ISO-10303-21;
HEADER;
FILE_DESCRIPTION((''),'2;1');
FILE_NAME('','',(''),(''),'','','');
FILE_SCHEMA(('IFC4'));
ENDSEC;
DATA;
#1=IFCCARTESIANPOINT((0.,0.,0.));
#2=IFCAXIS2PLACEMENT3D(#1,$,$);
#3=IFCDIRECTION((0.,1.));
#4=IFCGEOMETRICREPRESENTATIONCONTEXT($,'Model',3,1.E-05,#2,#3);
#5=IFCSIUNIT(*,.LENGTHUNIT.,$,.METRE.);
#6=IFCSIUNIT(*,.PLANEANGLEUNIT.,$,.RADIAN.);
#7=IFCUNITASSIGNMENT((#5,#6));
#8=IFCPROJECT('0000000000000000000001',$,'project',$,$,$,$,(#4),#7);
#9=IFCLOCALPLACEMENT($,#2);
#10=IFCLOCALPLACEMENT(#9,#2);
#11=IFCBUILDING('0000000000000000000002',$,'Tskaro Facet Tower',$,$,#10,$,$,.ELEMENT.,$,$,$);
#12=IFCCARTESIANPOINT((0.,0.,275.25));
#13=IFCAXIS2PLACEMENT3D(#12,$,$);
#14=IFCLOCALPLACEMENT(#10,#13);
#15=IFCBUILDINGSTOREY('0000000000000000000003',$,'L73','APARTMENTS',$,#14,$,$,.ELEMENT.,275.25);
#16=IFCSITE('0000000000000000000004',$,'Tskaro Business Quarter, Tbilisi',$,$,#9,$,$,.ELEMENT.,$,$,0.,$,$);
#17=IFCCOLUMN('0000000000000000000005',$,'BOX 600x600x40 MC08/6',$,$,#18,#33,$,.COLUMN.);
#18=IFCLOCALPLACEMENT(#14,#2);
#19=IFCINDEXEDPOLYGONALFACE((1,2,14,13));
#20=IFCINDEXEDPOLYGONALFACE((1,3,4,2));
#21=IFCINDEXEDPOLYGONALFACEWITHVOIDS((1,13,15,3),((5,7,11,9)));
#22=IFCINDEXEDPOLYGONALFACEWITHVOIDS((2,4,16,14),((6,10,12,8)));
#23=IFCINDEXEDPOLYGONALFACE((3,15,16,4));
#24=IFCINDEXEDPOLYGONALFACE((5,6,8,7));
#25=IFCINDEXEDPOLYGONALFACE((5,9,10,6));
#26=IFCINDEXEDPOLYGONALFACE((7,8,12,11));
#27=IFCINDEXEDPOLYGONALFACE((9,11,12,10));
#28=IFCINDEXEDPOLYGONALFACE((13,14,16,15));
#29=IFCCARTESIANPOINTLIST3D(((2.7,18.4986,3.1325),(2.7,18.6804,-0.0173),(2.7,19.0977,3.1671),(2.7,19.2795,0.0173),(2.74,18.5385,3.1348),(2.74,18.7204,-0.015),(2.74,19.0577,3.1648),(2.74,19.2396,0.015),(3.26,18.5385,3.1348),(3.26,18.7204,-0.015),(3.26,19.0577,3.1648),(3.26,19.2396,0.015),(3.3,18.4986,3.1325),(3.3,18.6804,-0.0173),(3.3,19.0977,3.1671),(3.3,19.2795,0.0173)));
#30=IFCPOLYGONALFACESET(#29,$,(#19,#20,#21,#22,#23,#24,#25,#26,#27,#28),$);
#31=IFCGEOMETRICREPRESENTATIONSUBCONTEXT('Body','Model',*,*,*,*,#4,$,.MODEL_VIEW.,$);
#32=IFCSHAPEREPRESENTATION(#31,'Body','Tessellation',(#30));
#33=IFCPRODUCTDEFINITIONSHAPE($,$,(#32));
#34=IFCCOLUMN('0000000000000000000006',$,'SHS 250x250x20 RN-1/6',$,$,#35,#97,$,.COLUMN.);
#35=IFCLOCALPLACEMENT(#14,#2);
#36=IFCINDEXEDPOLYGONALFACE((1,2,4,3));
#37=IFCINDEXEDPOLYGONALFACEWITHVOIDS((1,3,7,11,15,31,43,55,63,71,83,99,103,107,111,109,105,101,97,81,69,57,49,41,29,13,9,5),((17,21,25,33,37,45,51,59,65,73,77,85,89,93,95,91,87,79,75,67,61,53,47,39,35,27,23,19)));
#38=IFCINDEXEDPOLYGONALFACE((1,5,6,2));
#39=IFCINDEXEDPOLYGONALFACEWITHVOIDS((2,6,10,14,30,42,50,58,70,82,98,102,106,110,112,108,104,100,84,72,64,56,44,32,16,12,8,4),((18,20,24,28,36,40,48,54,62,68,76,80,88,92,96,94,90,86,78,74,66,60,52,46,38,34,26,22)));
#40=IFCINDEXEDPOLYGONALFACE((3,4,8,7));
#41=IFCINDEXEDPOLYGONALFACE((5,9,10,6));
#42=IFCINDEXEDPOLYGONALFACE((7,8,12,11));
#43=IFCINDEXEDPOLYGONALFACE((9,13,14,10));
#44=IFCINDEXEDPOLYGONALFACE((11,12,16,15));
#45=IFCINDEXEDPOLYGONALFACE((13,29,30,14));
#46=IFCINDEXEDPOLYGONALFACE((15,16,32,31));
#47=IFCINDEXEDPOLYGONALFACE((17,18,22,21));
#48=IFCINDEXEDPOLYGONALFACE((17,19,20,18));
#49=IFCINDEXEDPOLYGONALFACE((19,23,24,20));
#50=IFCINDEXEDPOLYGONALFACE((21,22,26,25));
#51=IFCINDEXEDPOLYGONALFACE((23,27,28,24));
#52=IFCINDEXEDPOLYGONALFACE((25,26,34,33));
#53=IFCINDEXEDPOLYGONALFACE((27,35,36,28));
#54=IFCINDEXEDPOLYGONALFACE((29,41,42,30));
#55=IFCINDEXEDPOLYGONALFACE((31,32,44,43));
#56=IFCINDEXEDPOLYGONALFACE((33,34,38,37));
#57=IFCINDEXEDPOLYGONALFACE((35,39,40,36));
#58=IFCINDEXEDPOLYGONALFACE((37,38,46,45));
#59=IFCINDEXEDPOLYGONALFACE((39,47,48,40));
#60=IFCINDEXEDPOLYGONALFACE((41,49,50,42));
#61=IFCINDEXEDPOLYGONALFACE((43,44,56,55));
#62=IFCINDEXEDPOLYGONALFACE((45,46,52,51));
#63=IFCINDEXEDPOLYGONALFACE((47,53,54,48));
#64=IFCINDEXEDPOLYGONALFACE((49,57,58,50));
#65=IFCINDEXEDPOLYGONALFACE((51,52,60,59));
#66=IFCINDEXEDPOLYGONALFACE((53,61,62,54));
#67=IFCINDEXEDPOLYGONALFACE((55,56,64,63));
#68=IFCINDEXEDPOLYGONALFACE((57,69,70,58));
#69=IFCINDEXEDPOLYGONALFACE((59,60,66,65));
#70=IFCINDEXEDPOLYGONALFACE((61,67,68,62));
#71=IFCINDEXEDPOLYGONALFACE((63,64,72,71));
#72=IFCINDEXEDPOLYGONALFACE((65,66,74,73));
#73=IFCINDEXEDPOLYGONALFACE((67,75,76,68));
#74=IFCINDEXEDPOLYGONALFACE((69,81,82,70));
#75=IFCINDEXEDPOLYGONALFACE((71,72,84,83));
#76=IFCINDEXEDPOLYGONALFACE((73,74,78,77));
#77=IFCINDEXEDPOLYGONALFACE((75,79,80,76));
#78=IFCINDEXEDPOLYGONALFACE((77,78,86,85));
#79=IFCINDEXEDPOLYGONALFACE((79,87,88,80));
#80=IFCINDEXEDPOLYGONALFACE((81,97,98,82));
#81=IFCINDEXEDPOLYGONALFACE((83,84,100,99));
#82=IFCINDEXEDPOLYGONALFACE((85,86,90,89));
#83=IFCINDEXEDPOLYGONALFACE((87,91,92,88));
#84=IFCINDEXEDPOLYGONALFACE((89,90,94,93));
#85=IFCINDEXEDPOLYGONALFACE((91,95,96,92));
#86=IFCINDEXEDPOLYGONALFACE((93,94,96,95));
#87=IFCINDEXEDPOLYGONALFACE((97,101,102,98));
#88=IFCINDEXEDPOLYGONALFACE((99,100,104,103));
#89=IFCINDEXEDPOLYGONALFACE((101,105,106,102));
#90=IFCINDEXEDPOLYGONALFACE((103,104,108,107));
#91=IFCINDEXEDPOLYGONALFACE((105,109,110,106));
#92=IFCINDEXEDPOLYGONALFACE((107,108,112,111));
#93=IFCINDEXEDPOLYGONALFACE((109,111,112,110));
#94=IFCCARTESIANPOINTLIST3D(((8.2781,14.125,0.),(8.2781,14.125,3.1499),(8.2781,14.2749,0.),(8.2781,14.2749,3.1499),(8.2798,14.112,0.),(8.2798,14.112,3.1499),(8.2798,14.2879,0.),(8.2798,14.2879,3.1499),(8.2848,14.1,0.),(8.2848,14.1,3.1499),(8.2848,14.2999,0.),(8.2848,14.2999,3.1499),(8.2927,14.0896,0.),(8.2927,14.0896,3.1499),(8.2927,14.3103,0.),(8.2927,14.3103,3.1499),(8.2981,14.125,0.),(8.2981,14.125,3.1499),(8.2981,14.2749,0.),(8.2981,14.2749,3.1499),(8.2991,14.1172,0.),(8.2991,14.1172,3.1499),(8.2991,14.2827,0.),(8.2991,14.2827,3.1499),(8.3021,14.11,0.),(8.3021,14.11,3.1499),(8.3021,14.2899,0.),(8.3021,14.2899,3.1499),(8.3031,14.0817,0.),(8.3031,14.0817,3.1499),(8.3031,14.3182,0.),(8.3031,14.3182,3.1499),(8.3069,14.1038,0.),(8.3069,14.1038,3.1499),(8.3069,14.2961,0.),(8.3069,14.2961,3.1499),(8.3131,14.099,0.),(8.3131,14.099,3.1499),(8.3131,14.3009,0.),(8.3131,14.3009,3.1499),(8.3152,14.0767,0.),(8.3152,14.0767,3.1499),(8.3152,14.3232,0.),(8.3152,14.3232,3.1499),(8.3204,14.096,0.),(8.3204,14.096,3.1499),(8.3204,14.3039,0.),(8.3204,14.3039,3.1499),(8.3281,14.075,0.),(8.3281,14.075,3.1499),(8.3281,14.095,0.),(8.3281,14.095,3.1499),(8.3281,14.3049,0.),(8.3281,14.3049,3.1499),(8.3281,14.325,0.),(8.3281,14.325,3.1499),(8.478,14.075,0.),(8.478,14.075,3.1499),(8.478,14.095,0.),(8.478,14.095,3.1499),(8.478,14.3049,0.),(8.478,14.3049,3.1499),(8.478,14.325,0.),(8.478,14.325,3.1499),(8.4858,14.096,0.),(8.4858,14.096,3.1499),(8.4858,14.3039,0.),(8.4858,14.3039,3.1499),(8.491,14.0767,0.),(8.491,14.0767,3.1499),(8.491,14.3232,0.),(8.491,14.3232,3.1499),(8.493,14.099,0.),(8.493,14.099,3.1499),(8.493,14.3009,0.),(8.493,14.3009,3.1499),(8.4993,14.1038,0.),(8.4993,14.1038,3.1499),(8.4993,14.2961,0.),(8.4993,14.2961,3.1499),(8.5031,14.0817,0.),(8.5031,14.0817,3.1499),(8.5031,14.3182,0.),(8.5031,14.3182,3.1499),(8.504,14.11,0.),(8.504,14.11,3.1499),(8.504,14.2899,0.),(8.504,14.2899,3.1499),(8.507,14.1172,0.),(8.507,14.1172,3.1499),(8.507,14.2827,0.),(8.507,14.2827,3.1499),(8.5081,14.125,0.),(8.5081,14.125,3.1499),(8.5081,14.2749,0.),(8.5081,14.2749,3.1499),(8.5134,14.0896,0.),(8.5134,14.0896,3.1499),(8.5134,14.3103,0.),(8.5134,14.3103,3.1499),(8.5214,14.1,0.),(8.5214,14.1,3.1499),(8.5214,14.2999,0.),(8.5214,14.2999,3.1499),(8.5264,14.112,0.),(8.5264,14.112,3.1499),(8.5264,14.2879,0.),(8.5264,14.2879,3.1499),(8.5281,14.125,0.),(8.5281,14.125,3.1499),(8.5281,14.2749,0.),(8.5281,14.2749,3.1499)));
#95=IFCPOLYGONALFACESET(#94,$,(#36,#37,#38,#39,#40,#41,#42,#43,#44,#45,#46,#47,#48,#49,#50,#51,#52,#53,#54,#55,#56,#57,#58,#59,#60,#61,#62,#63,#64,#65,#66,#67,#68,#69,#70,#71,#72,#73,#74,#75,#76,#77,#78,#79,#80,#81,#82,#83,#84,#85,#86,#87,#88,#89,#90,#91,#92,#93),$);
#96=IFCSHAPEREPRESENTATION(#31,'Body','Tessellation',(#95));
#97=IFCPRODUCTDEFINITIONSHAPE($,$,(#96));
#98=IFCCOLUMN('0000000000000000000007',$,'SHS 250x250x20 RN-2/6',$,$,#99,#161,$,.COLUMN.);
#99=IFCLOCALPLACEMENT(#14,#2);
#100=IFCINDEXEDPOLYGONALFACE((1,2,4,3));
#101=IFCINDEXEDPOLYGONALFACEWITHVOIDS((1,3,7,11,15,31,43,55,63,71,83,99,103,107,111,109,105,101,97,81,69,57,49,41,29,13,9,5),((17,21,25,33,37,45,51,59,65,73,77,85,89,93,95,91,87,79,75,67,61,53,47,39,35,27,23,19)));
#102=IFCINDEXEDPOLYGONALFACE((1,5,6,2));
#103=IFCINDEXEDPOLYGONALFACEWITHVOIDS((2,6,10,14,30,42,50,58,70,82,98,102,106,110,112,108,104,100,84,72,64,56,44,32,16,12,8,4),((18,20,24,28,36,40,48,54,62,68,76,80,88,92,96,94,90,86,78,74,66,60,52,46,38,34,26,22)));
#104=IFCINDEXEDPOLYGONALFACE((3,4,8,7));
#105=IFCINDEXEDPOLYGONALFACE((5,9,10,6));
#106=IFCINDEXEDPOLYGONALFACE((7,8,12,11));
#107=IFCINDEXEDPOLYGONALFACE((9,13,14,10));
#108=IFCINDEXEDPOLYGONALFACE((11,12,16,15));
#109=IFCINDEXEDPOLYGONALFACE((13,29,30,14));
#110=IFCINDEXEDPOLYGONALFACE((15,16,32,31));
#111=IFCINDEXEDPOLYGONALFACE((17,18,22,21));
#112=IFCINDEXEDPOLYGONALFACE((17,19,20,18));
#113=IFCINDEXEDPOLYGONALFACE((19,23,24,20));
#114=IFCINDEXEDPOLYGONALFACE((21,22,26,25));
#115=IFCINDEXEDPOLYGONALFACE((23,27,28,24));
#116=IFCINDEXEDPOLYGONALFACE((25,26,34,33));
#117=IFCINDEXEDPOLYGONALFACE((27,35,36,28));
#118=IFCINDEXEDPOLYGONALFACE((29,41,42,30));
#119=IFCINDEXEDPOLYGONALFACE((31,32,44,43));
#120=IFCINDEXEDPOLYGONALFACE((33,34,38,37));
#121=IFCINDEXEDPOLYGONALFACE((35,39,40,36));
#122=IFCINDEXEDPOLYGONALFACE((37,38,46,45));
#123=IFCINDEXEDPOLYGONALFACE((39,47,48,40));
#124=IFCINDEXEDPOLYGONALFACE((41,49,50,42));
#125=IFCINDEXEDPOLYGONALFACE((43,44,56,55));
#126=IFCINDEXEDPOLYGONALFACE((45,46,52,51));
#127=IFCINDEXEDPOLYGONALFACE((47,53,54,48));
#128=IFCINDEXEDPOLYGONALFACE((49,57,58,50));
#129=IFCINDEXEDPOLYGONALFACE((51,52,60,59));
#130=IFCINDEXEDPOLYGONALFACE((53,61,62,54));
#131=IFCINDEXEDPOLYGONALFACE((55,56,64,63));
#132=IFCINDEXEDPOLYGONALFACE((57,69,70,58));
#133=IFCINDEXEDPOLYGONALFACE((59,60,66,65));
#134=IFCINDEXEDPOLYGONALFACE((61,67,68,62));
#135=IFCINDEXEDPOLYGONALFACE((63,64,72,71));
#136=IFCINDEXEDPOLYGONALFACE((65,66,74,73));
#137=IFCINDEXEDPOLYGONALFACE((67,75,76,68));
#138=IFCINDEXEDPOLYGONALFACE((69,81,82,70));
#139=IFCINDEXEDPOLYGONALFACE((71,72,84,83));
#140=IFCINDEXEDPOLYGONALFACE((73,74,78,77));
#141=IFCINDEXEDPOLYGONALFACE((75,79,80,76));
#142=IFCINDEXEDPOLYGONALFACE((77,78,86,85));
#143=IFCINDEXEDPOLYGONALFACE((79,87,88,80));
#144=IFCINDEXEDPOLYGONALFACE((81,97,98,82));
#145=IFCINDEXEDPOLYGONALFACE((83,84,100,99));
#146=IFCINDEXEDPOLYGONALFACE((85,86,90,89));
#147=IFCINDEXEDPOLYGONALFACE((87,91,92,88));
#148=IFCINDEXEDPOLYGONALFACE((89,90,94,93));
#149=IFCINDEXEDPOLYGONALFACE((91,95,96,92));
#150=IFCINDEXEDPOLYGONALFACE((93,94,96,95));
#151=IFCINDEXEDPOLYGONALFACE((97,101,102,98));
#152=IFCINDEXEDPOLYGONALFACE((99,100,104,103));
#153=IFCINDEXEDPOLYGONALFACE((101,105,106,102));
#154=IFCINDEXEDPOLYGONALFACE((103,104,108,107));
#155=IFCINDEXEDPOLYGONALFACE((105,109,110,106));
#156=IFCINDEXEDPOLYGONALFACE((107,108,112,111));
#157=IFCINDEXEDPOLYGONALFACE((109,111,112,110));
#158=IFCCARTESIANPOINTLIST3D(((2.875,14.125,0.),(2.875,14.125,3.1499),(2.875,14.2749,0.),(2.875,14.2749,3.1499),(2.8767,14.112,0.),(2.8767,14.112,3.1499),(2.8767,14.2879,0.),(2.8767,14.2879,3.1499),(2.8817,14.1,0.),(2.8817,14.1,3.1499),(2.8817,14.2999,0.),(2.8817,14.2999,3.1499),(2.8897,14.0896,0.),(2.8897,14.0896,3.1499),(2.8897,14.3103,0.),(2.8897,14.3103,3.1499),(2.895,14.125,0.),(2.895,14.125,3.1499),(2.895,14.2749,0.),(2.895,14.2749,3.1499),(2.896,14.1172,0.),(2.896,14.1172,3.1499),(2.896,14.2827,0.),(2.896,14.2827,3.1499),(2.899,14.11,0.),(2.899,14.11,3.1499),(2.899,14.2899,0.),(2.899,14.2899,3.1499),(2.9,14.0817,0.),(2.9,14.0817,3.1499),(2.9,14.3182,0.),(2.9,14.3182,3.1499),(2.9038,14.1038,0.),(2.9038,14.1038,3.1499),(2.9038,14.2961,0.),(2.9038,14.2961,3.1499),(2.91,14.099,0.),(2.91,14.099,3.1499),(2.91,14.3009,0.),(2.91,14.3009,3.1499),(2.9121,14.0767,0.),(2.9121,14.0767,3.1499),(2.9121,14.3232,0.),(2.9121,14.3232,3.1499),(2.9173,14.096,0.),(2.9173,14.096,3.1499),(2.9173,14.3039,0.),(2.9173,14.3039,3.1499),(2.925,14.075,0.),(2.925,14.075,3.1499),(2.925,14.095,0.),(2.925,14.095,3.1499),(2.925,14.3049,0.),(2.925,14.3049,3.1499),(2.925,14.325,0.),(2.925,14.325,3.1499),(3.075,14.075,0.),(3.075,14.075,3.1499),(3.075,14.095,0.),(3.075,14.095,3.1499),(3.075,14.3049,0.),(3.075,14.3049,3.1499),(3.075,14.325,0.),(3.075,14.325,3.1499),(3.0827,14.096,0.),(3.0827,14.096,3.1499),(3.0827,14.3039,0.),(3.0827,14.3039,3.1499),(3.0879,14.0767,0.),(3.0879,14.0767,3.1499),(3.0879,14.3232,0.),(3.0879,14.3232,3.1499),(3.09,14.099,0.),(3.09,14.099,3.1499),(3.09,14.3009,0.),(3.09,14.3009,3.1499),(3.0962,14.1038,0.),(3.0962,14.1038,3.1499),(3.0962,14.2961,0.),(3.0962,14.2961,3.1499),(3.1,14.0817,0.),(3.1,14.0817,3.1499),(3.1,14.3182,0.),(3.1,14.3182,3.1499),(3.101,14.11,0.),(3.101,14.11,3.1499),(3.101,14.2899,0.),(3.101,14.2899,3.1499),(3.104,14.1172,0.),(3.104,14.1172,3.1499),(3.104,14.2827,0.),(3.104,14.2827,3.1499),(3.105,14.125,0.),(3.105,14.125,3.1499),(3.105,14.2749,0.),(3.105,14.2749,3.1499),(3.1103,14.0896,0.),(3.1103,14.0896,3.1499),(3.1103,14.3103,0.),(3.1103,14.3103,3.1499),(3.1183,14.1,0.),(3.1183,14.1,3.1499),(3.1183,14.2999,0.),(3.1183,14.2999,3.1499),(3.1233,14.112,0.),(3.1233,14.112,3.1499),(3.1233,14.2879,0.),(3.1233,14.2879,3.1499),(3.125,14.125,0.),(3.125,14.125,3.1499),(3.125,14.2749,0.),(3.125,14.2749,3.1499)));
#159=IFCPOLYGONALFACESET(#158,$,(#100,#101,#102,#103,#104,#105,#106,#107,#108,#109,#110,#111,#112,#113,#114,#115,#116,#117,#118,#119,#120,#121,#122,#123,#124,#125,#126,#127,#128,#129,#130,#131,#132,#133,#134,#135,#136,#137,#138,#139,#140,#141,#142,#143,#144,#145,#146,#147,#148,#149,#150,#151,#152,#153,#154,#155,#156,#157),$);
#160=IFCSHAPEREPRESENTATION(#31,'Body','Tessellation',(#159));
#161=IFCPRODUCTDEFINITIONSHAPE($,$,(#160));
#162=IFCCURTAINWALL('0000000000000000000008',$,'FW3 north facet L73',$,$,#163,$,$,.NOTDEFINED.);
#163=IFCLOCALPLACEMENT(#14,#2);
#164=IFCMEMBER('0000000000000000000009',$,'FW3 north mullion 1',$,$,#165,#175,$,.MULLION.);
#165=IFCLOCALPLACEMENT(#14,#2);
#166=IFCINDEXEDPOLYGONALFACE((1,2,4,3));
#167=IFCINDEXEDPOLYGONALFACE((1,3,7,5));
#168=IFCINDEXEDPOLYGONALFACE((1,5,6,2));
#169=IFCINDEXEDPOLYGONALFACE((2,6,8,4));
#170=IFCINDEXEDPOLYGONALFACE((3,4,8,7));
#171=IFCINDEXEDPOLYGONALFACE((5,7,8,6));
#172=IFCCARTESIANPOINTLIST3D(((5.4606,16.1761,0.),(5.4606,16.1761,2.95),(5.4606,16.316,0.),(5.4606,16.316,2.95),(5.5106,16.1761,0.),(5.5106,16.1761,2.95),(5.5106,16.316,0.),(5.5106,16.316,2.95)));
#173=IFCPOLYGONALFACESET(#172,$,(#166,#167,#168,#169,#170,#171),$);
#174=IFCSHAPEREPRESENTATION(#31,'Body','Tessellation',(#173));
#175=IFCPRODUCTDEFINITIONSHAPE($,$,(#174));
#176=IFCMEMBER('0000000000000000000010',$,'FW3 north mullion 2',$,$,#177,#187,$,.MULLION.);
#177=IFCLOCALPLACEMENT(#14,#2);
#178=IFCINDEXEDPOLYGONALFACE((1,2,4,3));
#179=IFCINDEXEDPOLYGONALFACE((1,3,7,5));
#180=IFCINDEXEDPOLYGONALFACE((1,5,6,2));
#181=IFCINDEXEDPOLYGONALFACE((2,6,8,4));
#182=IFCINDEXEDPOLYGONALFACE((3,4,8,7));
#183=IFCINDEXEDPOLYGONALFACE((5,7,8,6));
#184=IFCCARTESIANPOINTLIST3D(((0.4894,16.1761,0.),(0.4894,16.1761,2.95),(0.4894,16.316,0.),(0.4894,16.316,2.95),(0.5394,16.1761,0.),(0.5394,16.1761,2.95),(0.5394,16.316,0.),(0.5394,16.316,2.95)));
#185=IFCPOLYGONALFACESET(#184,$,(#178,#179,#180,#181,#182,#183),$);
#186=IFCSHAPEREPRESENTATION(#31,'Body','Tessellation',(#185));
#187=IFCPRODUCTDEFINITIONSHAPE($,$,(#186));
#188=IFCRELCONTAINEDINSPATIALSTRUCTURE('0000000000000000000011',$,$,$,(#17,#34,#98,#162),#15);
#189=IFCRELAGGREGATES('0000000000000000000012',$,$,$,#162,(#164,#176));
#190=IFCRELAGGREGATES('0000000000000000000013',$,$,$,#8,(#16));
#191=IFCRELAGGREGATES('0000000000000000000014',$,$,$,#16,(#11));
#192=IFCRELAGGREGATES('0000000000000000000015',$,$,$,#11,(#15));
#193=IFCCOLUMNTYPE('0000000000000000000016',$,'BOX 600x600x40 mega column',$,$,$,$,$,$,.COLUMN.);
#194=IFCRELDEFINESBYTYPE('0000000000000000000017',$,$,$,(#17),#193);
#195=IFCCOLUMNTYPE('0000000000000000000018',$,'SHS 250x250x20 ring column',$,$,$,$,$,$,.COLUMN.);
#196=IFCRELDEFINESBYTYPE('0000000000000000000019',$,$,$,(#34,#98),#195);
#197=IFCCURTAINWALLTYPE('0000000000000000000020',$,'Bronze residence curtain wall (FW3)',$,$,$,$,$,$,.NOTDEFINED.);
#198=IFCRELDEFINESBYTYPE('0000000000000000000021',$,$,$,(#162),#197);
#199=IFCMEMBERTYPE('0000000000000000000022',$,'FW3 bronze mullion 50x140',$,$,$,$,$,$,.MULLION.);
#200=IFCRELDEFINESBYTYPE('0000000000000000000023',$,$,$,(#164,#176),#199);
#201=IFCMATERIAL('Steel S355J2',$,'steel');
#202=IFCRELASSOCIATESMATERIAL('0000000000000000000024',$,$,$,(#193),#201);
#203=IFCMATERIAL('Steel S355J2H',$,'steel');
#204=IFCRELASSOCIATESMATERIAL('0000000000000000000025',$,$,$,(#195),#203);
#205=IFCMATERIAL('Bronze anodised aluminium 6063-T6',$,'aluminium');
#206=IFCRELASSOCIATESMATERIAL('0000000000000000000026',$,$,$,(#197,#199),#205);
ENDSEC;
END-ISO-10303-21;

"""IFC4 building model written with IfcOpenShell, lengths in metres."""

from ifc_helpers import new_model, si_unit, direction, frame, origin, origin_2d, place, context, subcontext, project, spatial, rectangle, hollow_rectangle, extrude, material, material_profile, profile_set, type_object, element, aggregate, save


model = new_model("IFC4")

# Units and contexts
model_context = context("Model", 3, precision=1e-05, world=origin(), true_north=direction((0.0, 1.0)))
body_context = subcontext(model_context, "Body", "Model", "MODEL_VIEW")
ifc_project = project(units=[si_unit("LENGTHUNIT", "METRE"), si_unit("PLANEANGLEUNIT", "RADIAN")], contexts=[model_context])

# Site, building, storey
site_placement = place(None, origin())
site = spatial("IfcSite", under=ifc_project, at=site_placement, Name="Tskaro Business Quarter, Tbilisi", CompositionType="ELEMENT", RefElevation=0.0)
building_placement = place(site_placement, origin())
building = spatial("IfcBuilding", under=site, at=building_placement, Name="Tskaro Facet Tower", CompositionType="ELEMENT")
storey_placement = place(building_placement, frame((0.0, 0.0, 275.25)))
storey = spatial("IfcBuildingStorey", under=building, at=storey_placement, Name="L73", Description="APARTMENTS", CompositionType="ELEMENT", Elevation=275.25)

# Columns
ifc_material_1 = material(Name="Steel S355J2", Category="steel")
ifc_material_profile_1 = material_profile(ifc_material_1, hollow_rectangle(XDim=0.6001, YDim=0.6001, WallThickness=0.04, at=origin_2d()), Name="BOX 600x600x40")
ifc_profile_set_1 = profile_set([ifc_material_profile_1], Name="Steel S355J2")
column_type_1 = type_object("IfcColumnType", Name="BOX 600x600x40 mega column", PredefinedType="COLUMN", material=ifc_profile_set_1)
column_placement = place(storey_placement, frame((3.0, 18.98, 0.0), z_axis=(0.0, -0.057647, 0.998337), x_axis=(1.0, 0.0, 0.0)))
element("IfcColumn", 1, at=column_placement, inside=storey, type_object=column_type_1, Name="BOX 600x600x40 MC08/6", PredefinedType="COLUMN", context=body_context, shape_type="SweptSolid", body=[
    extrude(hollow_rectangle(XDim=0.6001, YDim=0.6001, WallThickness=0.04, at=origin_2d()), origin(), (0.0, 0.0, 1.0), 3.155),
])
ifc_material_2 = material(Name="Steel S355J2H", Category="steel")
ifc_material_profile_2 = material_profile(ifc_material_2, hollow_rectangle(XDim=0.25, YDim=0.25, WallThickness=0.02, InnerFilletRadius=0.03, OuterFilletRadius=0.05, at=origin_2d()), Name="SHS 250x250x20")
ifc_profile_set_2 = profile_set([ifc_material_profile_2], Name="Steel S355J2H")
column_type_2 = type_object("IfcColumnType", Name="SHS 250x250x20 ring column", PredefinedType="COLUMN", material=ifc_profile_set_2)
for number, where, z_axis, x_axis, name in (
    (2, (8.4031, 14.2, 0.0), (0.0, 0.0, 1.0), (1.0, 0.0, 0.0), "SHS 250x250x20 RN-1/6"),
    (3, (3.0, 14.2, 0.0), (0.0, 0.0, 1.0), (1.0, 0.0, 0.0), "SHS 250x250x20 RN-2/6"),
):
    element("IfcColumn", number, at=place(storey_placement, frame(where, z_axis=z_axis, x_axis=x_axis)), inside=storey, type_object=column_type_2, Name=name, PredefinedType="COLUMN", context=body_context, shape_type="SweptSolid", body=[
        extrude(hollow_rectangle(XDim=0.25, YDim=0.25, WallThickness=0.02, InnerFilletRadius=0.03, OuterFilletRadius=0.05, at=origin_2d()), origin(), (0.0, 0.0, 1.0), 3.1499),
    ])

# Curtain wall, members
ifc_material_3 = material(Name="Bronze anodised aluminium 6063-T6", Category="aluminium")
curtain_wall_type = type_object("IfcCurtainWallType", Name="Bronze residence curtain wall (FW3)", PredefinedType="NOTDEFINED", material=ifc_material_3)
curtain_wall_placement = place(storey_placement, origin())
curtain_wall = element("IfcCurtainWall", 4, at=curtain_wall_placement, inside=storey, type_object=curtain_wall_type, Name="FW3 north facet L73", PredefinedType="NOTDEFINED")
ifc_material_profile_3 = material_profile(ifc_material_3, rectangle(XDim=0.05, YDim=0.1399, at=origin_2d()), Name="Mullion 50x140")
ifc_profile_set_3 = profile_set([ifc_material_profile_3], Name="Bronze anodised aluminium 6063-T6")
member_type_1 = type_object("IfcMemberType", Name="FW3 bronze mullion 50x140", PredefinedType="MULLION", material=ifc_profile_set_3)
member_1_placement = place(storey_placement, frame((5.4856, 16.2461, 0.0), z_axis=(0.0, 0.0, 1.0), x_axis=(-1.0, 0.0, 0.0)))
member_1 = element("IfcMember", 5, at=member_1_placement, type_object=member_type_1, Name="FW3 north mullion 1", PredefinedType="MULLION", context=body_context, shape_type="SweptSolid", body=[
    extrude(rectangle(XDim=0.05, YDim=0.1399, at=origin_2d()), origin(), (0.0, 0.0, 1.0), 2.95),
])
member_2_placement = place(storey_placement, frame((0.5144, 16.2461, 0.0), z_axis=(0.0, 0.0, 1.0), x_axis=(-1.0, 0.0, 0.0)))
member_2 = element("IfcMember", 6, at=member_2_placement, type_object=member_type_1, Name="FW3 north mullion 2", PredefinedType="MULLION", context=body_context, shape_type="SweptSolid", body=[
    extrude(rectangle(XDim=0.05, YDim=0.1399, at=origin_2d()), origin(), (0.0, 0.0, 1.0), 2.95),
])

aggregate(curtain_wall, [member_1, member_2])

save(model, "model.ifc")
